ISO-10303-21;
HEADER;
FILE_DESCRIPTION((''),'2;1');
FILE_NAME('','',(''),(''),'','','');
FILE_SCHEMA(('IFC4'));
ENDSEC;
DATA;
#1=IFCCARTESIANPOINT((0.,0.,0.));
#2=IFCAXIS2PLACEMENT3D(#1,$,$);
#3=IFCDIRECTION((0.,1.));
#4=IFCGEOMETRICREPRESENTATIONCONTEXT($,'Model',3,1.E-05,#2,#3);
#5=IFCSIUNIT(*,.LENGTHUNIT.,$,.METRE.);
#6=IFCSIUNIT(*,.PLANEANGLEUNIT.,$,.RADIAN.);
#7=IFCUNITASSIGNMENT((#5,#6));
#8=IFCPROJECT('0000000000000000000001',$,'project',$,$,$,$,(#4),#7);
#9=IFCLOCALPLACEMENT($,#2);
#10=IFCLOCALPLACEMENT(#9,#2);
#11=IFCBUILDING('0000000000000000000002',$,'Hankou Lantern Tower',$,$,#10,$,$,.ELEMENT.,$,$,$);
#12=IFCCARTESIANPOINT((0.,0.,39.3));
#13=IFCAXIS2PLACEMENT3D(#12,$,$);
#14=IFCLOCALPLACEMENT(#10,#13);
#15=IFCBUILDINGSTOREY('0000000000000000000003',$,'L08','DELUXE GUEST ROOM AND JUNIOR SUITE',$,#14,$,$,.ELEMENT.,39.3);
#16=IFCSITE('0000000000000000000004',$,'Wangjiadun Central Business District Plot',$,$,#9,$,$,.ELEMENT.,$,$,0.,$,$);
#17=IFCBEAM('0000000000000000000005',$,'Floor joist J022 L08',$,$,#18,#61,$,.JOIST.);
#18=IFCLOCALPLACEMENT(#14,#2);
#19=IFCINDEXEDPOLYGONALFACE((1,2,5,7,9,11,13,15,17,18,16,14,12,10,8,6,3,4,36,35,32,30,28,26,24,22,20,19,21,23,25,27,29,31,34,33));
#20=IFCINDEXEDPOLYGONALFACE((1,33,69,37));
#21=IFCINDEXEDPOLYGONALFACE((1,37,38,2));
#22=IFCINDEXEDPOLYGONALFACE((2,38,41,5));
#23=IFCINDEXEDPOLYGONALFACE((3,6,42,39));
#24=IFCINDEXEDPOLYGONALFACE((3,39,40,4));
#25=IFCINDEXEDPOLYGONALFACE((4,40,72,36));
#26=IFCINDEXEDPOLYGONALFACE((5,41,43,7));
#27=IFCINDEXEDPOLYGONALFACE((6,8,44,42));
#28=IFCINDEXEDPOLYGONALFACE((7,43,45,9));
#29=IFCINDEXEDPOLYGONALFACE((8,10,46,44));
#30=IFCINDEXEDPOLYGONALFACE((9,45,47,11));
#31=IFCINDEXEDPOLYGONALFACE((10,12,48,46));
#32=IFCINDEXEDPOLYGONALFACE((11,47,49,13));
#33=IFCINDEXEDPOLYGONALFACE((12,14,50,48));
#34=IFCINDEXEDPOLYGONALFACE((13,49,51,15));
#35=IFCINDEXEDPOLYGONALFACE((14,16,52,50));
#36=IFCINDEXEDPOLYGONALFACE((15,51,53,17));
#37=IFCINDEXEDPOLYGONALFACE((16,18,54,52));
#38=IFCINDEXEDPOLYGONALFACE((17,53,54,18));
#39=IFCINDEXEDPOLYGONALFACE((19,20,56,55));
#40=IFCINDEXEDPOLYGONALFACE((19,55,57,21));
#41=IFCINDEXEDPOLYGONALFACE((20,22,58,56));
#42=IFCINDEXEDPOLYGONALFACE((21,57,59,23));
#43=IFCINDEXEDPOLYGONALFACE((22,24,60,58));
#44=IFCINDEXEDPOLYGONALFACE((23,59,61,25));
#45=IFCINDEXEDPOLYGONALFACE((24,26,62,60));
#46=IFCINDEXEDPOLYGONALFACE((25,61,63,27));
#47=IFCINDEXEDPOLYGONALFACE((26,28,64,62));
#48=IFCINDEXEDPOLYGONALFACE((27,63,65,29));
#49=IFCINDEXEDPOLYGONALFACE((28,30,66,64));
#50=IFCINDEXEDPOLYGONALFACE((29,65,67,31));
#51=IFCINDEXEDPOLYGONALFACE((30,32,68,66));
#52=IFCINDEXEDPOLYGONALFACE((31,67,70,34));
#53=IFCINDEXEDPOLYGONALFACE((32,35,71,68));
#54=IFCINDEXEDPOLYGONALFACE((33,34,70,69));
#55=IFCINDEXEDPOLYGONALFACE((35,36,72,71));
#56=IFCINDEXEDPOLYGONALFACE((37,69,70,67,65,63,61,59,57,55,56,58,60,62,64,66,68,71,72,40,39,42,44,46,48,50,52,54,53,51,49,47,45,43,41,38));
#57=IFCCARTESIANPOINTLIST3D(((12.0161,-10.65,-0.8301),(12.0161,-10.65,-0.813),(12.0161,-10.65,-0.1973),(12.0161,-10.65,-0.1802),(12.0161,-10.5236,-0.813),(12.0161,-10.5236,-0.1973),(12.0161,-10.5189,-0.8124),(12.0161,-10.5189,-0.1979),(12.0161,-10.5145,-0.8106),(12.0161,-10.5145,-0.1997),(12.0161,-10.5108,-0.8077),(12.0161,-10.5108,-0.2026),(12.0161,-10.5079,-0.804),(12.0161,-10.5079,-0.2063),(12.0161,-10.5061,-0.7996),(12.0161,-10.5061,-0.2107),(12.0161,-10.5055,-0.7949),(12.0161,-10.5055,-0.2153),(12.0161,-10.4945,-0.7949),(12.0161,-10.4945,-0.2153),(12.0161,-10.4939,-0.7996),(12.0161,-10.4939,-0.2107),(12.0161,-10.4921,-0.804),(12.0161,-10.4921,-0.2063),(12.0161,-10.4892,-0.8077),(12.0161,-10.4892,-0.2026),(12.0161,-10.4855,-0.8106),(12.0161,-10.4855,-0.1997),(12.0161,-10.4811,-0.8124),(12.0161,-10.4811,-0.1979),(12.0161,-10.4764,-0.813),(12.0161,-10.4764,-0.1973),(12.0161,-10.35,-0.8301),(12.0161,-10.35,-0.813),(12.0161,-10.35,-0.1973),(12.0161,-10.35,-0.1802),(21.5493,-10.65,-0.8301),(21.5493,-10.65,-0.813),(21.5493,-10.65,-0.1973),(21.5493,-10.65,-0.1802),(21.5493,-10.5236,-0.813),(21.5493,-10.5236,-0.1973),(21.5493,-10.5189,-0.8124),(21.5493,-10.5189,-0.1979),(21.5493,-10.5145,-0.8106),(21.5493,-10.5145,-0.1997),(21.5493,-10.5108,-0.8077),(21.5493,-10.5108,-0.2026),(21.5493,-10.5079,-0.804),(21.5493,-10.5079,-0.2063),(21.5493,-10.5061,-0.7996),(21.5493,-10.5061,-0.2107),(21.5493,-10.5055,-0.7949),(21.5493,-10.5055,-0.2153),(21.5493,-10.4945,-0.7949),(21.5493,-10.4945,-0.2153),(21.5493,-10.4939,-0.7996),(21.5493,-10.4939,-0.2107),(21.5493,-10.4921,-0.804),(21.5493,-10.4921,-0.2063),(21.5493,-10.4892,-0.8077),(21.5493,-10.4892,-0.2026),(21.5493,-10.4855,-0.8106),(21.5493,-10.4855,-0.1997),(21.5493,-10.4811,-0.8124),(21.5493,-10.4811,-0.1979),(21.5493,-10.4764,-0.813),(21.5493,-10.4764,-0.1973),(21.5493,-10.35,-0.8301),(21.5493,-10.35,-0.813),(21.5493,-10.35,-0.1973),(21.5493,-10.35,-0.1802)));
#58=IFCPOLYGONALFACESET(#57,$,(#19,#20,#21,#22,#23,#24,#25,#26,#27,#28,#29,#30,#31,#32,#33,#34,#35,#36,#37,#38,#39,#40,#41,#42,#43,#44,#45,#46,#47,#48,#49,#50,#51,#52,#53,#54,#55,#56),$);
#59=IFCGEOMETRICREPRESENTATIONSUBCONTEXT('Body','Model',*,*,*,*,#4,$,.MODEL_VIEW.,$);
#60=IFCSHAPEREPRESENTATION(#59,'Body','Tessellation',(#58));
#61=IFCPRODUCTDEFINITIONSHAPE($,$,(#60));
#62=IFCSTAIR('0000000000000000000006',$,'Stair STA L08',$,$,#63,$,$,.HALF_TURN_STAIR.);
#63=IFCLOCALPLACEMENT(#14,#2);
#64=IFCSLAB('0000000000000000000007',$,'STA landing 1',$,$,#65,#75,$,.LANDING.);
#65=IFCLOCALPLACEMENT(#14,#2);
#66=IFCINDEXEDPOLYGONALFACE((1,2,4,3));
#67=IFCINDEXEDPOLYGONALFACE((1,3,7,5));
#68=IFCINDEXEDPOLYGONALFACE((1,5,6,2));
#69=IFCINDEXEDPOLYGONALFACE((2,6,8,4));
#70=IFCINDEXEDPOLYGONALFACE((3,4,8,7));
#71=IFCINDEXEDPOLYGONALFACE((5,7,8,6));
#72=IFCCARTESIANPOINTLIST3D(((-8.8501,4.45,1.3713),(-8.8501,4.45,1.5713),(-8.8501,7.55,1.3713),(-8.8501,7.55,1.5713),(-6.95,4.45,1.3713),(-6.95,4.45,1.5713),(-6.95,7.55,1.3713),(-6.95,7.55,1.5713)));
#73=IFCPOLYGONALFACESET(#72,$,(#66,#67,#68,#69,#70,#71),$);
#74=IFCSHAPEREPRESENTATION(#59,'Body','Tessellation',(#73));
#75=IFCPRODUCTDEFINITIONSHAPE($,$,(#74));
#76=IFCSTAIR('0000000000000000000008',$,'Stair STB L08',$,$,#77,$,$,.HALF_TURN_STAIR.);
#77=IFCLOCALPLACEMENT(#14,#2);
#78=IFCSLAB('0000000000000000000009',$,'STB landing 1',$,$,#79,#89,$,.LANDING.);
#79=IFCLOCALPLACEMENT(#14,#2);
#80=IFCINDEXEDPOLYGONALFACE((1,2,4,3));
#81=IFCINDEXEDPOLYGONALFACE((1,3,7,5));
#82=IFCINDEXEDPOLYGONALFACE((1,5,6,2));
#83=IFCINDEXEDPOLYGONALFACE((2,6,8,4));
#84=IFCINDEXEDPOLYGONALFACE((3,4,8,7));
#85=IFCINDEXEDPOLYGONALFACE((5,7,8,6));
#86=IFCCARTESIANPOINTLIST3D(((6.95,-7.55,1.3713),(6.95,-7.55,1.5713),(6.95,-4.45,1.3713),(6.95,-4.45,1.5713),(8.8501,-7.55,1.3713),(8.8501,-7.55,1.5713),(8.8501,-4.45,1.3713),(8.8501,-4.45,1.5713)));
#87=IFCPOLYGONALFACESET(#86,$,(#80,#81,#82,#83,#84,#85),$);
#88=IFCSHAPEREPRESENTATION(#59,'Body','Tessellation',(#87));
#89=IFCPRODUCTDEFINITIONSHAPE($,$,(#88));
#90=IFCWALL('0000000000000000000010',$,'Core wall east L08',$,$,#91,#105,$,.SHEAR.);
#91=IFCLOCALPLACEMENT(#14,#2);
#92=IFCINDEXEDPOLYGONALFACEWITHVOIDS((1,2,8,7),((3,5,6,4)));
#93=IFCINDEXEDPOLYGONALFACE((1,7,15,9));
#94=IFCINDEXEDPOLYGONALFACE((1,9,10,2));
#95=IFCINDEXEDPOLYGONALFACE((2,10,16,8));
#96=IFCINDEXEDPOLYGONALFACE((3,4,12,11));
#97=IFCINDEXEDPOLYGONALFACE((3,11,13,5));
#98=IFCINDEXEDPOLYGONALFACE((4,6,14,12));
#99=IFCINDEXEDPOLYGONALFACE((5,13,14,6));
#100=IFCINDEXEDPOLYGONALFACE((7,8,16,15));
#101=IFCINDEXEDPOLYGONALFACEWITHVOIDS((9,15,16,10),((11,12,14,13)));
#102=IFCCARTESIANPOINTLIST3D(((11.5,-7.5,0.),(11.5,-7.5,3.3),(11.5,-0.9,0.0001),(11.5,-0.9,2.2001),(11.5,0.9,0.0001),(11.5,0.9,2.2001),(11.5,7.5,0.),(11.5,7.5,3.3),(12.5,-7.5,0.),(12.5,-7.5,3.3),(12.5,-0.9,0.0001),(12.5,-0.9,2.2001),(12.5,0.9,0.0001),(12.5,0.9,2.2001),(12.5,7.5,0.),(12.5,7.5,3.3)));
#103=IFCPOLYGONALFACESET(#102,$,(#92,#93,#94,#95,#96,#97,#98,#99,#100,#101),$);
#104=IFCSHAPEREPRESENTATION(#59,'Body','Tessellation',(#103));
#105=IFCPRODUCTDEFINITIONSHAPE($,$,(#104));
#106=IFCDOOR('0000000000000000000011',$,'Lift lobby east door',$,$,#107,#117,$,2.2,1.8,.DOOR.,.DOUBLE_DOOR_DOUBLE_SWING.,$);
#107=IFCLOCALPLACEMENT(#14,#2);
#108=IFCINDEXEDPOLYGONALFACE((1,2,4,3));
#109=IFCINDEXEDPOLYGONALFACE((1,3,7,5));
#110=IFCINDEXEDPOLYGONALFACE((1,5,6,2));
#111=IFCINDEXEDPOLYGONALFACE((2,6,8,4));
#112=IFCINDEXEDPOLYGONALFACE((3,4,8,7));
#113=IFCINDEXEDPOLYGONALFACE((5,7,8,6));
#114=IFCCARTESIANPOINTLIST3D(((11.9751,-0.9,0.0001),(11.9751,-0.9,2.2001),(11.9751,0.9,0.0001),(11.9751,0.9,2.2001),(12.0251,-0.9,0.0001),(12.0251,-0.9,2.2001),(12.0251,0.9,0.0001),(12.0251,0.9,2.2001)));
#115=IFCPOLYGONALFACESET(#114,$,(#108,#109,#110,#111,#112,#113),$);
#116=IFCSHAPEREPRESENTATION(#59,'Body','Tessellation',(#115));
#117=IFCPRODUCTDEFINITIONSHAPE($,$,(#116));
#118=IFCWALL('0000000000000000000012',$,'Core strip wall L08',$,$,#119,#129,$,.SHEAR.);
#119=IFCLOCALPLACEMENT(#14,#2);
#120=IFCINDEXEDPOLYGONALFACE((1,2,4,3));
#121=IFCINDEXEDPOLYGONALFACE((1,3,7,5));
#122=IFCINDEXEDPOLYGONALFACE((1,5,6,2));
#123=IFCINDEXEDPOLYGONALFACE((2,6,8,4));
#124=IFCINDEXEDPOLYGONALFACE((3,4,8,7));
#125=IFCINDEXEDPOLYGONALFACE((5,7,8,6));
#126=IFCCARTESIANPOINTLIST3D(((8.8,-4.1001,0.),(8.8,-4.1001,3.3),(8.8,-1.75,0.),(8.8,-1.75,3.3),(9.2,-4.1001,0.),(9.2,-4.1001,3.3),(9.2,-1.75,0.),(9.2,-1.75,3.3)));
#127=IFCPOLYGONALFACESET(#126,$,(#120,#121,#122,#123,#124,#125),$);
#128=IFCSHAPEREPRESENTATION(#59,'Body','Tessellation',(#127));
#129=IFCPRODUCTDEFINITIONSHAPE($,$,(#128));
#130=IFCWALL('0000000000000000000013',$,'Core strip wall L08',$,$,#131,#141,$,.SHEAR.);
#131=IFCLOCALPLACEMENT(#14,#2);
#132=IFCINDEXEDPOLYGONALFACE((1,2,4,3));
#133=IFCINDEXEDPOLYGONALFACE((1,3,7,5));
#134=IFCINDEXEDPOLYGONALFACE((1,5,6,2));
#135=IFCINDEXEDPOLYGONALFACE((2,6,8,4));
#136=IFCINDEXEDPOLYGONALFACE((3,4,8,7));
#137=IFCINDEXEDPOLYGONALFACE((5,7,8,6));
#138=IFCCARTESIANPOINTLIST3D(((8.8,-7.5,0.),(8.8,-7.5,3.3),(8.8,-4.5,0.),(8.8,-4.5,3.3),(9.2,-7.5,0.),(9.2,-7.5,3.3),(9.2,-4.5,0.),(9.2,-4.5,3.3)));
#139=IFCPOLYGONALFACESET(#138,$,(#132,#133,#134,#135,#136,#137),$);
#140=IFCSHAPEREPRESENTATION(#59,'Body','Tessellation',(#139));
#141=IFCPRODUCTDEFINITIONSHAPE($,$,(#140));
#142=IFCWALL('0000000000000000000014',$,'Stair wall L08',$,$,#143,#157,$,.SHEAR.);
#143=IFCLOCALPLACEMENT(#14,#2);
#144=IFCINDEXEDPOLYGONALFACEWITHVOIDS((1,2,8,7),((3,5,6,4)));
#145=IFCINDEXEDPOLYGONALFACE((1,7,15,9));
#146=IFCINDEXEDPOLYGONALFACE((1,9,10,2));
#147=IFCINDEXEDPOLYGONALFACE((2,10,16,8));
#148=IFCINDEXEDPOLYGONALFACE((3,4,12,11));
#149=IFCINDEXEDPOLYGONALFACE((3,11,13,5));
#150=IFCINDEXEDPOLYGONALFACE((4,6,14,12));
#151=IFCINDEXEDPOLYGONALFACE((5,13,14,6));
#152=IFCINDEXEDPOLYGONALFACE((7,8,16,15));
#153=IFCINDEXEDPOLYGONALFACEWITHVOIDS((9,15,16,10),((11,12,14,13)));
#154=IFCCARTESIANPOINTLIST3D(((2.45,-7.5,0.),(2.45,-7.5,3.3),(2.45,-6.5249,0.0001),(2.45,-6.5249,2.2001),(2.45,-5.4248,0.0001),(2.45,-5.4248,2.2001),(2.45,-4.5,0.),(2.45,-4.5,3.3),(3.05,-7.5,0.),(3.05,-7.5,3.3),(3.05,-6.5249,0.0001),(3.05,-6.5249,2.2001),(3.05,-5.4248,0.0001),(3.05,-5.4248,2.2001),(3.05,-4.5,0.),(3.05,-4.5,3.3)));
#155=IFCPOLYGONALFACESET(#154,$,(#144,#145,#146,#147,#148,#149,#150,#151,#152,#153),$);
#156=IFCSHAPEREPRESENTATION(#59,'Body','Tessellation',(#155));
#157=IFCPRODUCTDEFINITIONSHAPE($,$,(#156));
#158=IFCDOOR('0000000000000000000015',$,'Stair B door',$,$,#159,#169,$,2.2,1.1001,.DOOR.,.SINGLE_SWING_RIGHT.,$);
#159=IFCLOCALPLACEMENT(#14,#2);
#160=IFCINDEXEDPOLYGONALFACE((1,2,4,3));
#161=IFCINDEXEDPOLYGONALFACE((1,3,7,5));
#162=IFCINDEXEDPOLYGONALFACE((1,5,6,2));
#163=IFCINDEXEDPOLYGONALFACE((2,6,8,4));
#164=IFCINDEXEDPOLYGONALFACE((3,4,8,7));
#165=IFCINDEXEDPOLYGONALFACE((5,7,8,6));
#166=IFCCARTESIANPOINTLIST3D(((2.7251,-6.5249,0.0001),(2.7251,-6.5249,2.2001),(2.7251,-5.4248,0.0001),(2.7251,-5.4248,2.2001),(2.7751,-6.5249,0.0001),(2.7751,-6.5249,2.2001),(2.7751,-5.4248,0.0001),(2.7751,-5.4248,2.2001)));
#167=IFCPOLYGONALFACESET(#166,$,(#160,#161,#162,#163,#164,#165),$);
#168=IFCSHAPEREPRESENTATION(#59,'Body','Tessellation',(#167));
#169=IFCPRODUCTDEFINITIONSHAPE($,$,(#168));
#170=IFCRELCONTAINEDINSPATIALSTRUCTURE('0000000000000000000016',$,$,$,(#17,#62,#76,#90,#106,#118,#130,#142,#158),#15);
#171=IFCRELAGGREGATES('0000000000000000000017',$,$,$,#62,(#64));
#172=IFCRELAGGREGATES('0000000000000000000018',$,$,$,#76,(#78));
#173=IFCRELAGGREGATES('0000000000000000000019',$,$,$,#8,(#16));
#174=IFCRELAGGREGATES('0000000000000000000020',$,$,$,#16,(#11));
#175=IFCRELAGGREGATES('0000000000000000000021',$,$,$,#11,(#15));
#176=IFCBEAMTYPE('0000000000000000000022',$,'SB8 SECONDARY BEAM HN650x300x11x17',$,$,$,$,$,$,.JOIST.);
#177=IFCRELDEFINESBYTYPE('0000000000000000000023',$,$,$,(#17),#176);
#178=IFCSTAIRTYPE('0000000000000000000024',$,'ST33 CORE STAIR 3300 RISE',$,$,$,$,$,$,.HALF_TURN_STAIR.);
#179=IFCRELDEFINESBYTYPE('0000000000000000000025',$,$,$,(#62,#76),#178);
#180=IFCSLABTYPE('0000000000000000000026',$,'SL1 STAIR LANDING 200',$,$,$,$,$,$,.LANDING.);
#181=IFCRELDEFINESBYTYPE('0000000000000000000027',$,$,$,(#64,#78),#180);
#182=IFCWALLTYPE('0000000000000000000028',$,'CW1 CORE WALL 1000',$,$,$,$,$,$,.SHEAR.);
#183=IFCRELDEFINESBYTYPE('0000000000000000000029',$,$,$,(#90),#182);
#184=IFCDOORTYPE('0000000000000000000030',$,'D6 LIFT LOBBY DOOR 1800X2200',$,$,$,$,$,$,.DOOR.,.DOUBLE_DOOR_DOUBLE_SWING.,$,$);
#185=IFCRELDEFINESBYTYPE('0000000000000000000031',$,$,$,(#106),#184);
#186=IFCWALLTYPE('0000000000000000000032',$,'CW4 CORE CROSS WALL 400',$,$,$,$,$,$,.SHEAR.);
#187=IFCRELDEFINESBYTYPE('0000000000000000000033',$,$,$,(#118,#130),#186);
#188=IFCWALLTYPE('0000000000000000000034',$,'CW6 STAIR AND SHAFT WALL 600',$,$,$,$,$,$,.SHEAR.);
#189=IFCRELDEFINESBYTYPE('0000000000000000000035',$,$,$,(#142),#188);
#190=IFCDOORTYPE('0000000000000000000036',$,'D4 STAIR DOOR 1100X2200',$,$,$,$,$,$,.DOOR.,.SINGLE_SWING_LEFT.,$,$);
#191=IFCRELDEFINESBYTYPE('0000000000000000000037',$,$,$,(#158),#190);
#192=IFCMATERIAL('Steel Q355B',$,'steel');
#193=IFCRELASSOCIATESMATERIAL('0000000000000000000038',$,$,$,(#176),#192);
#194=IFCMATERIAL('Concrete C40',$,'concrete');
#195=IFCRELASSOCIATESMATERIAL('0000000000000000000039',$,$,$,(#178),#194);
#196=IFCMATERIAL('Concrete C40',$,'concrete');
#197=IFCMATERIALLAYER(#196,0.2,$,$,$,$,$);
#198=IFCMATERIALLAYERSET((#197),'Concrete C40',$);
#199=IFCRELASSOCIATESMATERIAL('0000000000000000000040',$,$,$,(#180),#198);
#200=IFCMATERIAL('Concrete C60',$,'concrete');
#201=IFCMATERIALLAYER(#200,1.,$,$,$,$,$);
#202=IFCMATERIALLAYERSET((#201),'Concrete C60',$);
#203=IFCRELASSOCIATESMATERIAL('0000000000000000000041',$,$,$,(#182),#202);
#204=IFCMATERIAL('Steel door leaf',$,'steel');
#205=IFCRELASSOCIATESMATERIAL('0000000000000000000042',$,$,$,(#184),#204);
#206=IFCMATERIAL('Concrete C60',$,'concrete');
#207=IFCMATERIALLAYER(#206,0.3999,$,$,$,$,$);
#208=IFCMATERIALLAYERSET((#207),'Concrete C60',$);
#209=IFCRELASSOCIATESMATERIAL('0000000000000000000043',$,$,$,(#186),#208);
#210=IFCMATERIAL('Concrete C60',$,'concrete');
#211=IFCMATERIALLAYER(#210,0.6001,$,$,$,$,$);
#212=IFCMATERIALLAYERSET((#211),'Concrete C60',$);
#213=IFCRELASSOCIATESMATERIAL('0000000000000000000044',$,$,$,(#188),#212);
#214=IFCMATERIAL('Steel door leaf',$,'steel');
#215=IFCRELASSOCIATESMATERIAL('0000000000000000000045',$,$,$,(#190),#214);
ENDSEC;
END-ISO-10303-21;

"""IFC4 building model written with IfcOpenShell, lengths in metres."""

from ifc_helpers import new_model, si_unit, direction, frame, frame_2d, origin, origin_2d, place, context, subcontext, project, spatial, polyline, rectangle, i_section, outline, extrude, material, layer, layer_set, material_profile, profile_set, type_object, element, fill, aggregate, save


model = new_model("IFC4")

# Units and contexts
model_context = context("Model", 3, precision=1e-05, world=origin(), true_north=direction((0.0, 1.0)))
body_context = subcontext(model_context, "Body", "Model", "MODEL_VIEW")
ifc_project = project(units=[si_unit("LENGTHUNIT", "METRE"), si_unit("PLANEANGLEUNIT", "RADIAN")], contexts=[model_context])

# Site, building, storey
site_placement = place(None, origin())
site = spatial("IfcSite", under=ifc_project, at=site_placement, Name="Wangjiadun Central Business District Plot", CompositionType="ELEMENT", RefElevation=0.0)
building_placement = place(site_placement, origin())
building = spatial("IfcBuilding", under=site, at=building_placement, Name="Hankou Lantern Tower", CompositionType="ELEMENT")
storey_placement = place(building_placement, frame((0.0, 0.0, 39.3)))
storey = spatial("IfcBuildingStorey", under=building, at=storey_placement, Name="L08", Description="DELUXE GUEST ROOM AND JUNIOR SUITE", CompositionType="ELEMENT", Elevation=39.3)

# Beam
ifc_material_1 = material(Name="Steel Q355B", Category="steel")
ifc_material_profile_1 = material_profile(ifc_material_1, i_section(OverallWidth=0.3, OverallDepth=0.6499, WebThickness=0.011, FlangeThickness=0.0171, FilletRadius=0.0181, at=origin_2d()), Name="HN650x300x11x17")
ifc_profile_set_1 = profile_set([ifc_material_profile_1], Name="Steel Q355B")
beam_type_1 = type_object("IfcBeamType", Name="SB8 SECONDARY BEAM HN650x300x11x17", PredefinedType="JOIST", material=ifc_profile_set_1)
beam_1_placement = place(storey_placement, frame((12.0161, -10.5, -0.5051), z_axis=(1.0, 0.0, 0.0), x_axis=(0.0, 1.0, 0.0)))
element("IfcBeam", 1, at=beam_1_placement, inside=storey, type_object=beam_type_1, Name="Floor joist J022 L08", PredefinedType="JOIST", context=body_context, shape_type="SweptSolid", body=[
    extrude(i_section(OverallWidth=0.3, OverallDepth=0.6499, WebThickness=0.011, FlangeThickness=0.0171, FilletRadius=0.0181, at=origin_2d()), origin(), (0.0, 0.0, 1.0), 9.5332),
])

# Stairs, slabs
ifc_material_2 = material(Name="Concrete C40", Category="concrete")
stair_type = type_object("IfcStairType", Name="ST33 CORE STAIR 3300 RISE", PredefinedType="HALF_TURN_STAIR", material=ifc_material_2)
stair_1_placement = place(storey_placement, origin())
stair_1 = element("IfcStair", 2, at=stair_1_placement, inside=storey, type_object=stair_type, Name="Stair STA L08", PredefinedType="HALF_TURN_STAIR")
ifc_material_3 = material(Name="Concrete C40", Category="concrete")
ifc_layer_1 = layer(ifc_material_3, 0.2)
ifc_layer_set_1 = layer_set([ifc_layer_1], Name="Concrete C40")
slab_type_1 = type_object("IfcSlabType", Name="SL1 STAIR LANDING 200", PredefinedType="LANDING", material=ifc_layer_set_1)
slab_1_placement = place(storey_placement, frame((0.0, 0.0, 1.3713)))
slab_1 = element("IfcSlab", 3, at=slab_1_placement, type_object=slab_type_1, Name="STA landing 1", PredefinedType="LANDING", context=body_context, shape_type="SweptSolid", body=[
    extrude(outline(polyline([(-8.8501, 4.45), (-6.95, 4.45), (-6.95, 7.55), (-8.8501, 7.55), (-8.8501, 4.45)])), origin(), (0.0, 0.0, 1.0), 0.2),
])
aggregate(stair_1, [slab_1])
stair_2_placement = place(storey_placement, origin())
stair_2 = element("IfcStair", 4, at=stair_2_placement, inside=storey, type_object=stair_type, Name="Stair STB L08", PredefinedType="HALF_TURN_STAIR")
slab_2_placement = place(storey_placement, frame((0.0, 0.0, 1.3713)))
slab_2 = element("IfcSlab", 5, at=slab_2_placement, type_object=slab_type_1, Name="STB landing 1", PredefinedType="LANDING", context=body_context, shape_type="SweptSolid", body=[
    extrude(outline(polyline([(8.8501, -4.45), (6.95, -4.45), (6.95, -7.55), (8.8501, -7.55), (8.8501, -4.45)])), origin(), (0.0, 0.0, 1.0), 0.2),
])

# Wall, opening, door
ifc_material_4 = material(Name="Concrete C60", Category="concrete")
ifc_layer_2 = layer(ifc_material_4, 1.0)
ifc_layer_set_2 = layer_set([ifc_layer_2], Name="Concrete C60")
wall_type_1 = type_object("IfcWallType", Name="CW1 CORE WALL 1000", PredefinedType="SHEAR", material=ifc_layer_set_2)
wall_1_placement = place(storey_placement, frame((12.0, -7.5, 0.0), z_axis=(0.0, 0.0, 1.0), x_axis=(0.0, 1.0, 0.0)))
wall_1 = element("IfcWall", 6, at=wall_1_placement, inside=storey, type_object=wall_type_1, Name="Core wall east L08", PredefinedType="SHEAR", context=body_context, shape_type="SweptSolid", body=[
    extrude(rectangle(XDim=15.0, YDim=1.0, at=frame_2d((7.5, 0.0))), origin(), (0.0, 0.0, 1.0), 3.3),
])
opening_1_placement = place(wall_1_placement, frame((6.6001, 0.0, 0.0)))
opening_1 = element("IfcOpeningElement", 7, at=opening_1_placement, cuts=wall_1, PredefinedType="OPENING", context=body_context, shape_type="SweptSolid", body=[
    extrude(rectangle(XDim=1.8, YDim=2.2, at=frame_2d((0.8999, 1.1001))), frame((0.0, 0.51, 0.0), z_axis=(0.0, -1.0, 0.0), x_axis=(1.0, 0.0, 0.0)), (0.0, 0.0, 1.0), 1.02),
])
ifc_material_5 = material(Name="Steel door leaf", Category="steel")
door_type_1 = type_object("IfcDoorType", Name="D6 LIFT LOBBY DOOR 1800X2200", OperationType="DOUBLE_DOOR_DOUBLE_SWING", PredefinedType="DOOR", material=ifc_material_5)
door_1_placement = place(opening_1_placement, origin())
door_1 = element("IfcDoor", 8, at=door_1_placement, inside=storey, type_object=door_type_1, Name="Lift lobby east door", OperationType="DOUBLE_DOOR_DOUBLE_SWING", OverallHeight=2.2, OverallWidth=1.8, PredefinedType="DOOR", context=body_context, shape_type="SweptSolid", body=[
    extrude(rectangle(XDim=1.8, YDim=2.2, at=frame_2d((0.8999, 1.1001))), frame((0.0, 0.0249, 0.0), z_axis=(0.0, -1.0, 0.0), x_axis=(1.0, 0.0, 0.0)), (0.0, 0.0, 1.0), 0.05),
])
fill(opening_1, door_1)

# Walls
ifc_material_6 = material(Name="Concrete C60", Category="concrete")
ifc_layer_3 = layer(ifc_material_6, 0.3999)
ifc_layer_set_3 = layer_set([ifc_layer_3], Name="Concrete C60")
wall_type_2 = type_object("IfcWallType", Name="CW4 CORE CROSS WALL 400", PredefinedType="SHEAR", material=ifc_layer_set_3)
wall_2_placement = place(storey_placement, frame((9.0, -4.1001, 0.0), z_axis=(0.0, 0.0, 1.0), x_axis=(0.0, 1.0, 0.0)))
element("IfcWall", 9, at=wall_2_placement, inside=storey, type_object=wall_type_2, Name="Core strip wall L08", PredefinedType="SHEAR", context=body_context, shape_type="SweptSolid", body=[
    extrude(rectangle(XDim=2.3501, YDim=0.3999, at=frame_2d((1.175, 0.0))), origin(), (0.0, 0.0, 1.0), 3.3),
])
wall_3_placement = place(storey_placement, frame((9.0, -7.5, 0.0), z_axis=(0.0, 0.0, 1.0), x_axis=(0.0, 1.0, 0.0)))
element("IfcWall", 10, at=wall_3_placement, inside=storey, type_object=wall_type_2, Name="Core strip wall L08", PredefinedType="SHEAR", context=body_context, shape_type="SweptSolid", body=[
    extrude(rectangle(XDim=3.0, YDim=0.3999, at=frame_2d((1.5, 0.0))), origin(), (0.0, 0.0, 1.0), 3.3),
])

# Wall, opening, door
ifc_material_7 = material(Name="Concrete C60", Category="concrete")
ifc_layer_4 = layer(ifc_material_7, 0.6001)
ifc_layer_set_4 = layer_set([ifc_layer_4], Name="Concrete C60")
wall_type_3 = type_object("IfcWallType", Name="CW6 STAIR AND SHAFT WALL 600", PredefinedType="SHEAR", material=ifc_layer_set_4)
wall_4_placement = place(storey_placement, frame((2.75, -7.5, 0.0), z_axis=(0.0, 0.0, 1.0), x_axis=(0.0, 1.0, 0.0)))
wall_4 = element("IfcWall", 11, at=wall_4_placement, inside=storey, type_object=wall_type_3, Name="Stair wall L08", PredefinedType="SHEAR", context=body_context, shape_type="SweptSolid", body=[
    extrude(rectangle(XDim=3.0, YDim=0.6001, at=frame_2d((1.5, 0.0))), origin(), (0.0, 0.0, 1.0), 3.3),
])
opening_2_placement = place(wall_4_placement, frame((0.9751, 0.0, 0.0)))
opening_2 = element("IfcOpeningElement", 12, at=opening_2_placement, cuts=wall_4, PredefinedType="OPENING", context=body_context, shape_type="SweptSolid", body=[
    extrude(rectangle(XDim=1.1001, YDim=2.2, at=frame_2d((0.55, 1.1001))), frame((0.0, 0.3101, 0.0), z_axis=(0.0, -1.0, 0.0), x_axis=(1.0, 0.0, 0.0)), (0.0, 0.0, 1.0), 0.6201),
])
ifc_material_8 = material(Name="Steel door leaf", Category="steel")
door_type_2 = type_object("IfcDoorType", Name="D4 STAIR DOOR 1100X2200", OperationType="SINGLE_SWING_LEFT", PredefinedType="DOOR", material=ifc_material_8)
door_2_placement = place(opening_2_placement, origin())
door_2 = element("IfcDoor", 13, at=door_2_placement, inside=storey, type_object=door_type_2, Name="Stair B door", OperationType="SINGLE_SWING_RIGHT", OverallHeight=2.2, OverallWidth=1.1001, PredefinedType="DOOR", context=body_context, shape_type="SweptSolid", body=[
    extrude(rectangle(XDim=1.1001, YDim=2.2, at=frame_2d((0.55, 1.1001))), frame((0.0, 0.0249, 0.0), z_axis=(0.0, -1.0, 0.0), x_axis=(1.0, 0.0, 0.0)), (0.0, 0.0, 1.0), 0.05),
])
fill(opening_2, door_2)

aggregate(stair_2, [slab_2])

save(model, "model.ifc")
